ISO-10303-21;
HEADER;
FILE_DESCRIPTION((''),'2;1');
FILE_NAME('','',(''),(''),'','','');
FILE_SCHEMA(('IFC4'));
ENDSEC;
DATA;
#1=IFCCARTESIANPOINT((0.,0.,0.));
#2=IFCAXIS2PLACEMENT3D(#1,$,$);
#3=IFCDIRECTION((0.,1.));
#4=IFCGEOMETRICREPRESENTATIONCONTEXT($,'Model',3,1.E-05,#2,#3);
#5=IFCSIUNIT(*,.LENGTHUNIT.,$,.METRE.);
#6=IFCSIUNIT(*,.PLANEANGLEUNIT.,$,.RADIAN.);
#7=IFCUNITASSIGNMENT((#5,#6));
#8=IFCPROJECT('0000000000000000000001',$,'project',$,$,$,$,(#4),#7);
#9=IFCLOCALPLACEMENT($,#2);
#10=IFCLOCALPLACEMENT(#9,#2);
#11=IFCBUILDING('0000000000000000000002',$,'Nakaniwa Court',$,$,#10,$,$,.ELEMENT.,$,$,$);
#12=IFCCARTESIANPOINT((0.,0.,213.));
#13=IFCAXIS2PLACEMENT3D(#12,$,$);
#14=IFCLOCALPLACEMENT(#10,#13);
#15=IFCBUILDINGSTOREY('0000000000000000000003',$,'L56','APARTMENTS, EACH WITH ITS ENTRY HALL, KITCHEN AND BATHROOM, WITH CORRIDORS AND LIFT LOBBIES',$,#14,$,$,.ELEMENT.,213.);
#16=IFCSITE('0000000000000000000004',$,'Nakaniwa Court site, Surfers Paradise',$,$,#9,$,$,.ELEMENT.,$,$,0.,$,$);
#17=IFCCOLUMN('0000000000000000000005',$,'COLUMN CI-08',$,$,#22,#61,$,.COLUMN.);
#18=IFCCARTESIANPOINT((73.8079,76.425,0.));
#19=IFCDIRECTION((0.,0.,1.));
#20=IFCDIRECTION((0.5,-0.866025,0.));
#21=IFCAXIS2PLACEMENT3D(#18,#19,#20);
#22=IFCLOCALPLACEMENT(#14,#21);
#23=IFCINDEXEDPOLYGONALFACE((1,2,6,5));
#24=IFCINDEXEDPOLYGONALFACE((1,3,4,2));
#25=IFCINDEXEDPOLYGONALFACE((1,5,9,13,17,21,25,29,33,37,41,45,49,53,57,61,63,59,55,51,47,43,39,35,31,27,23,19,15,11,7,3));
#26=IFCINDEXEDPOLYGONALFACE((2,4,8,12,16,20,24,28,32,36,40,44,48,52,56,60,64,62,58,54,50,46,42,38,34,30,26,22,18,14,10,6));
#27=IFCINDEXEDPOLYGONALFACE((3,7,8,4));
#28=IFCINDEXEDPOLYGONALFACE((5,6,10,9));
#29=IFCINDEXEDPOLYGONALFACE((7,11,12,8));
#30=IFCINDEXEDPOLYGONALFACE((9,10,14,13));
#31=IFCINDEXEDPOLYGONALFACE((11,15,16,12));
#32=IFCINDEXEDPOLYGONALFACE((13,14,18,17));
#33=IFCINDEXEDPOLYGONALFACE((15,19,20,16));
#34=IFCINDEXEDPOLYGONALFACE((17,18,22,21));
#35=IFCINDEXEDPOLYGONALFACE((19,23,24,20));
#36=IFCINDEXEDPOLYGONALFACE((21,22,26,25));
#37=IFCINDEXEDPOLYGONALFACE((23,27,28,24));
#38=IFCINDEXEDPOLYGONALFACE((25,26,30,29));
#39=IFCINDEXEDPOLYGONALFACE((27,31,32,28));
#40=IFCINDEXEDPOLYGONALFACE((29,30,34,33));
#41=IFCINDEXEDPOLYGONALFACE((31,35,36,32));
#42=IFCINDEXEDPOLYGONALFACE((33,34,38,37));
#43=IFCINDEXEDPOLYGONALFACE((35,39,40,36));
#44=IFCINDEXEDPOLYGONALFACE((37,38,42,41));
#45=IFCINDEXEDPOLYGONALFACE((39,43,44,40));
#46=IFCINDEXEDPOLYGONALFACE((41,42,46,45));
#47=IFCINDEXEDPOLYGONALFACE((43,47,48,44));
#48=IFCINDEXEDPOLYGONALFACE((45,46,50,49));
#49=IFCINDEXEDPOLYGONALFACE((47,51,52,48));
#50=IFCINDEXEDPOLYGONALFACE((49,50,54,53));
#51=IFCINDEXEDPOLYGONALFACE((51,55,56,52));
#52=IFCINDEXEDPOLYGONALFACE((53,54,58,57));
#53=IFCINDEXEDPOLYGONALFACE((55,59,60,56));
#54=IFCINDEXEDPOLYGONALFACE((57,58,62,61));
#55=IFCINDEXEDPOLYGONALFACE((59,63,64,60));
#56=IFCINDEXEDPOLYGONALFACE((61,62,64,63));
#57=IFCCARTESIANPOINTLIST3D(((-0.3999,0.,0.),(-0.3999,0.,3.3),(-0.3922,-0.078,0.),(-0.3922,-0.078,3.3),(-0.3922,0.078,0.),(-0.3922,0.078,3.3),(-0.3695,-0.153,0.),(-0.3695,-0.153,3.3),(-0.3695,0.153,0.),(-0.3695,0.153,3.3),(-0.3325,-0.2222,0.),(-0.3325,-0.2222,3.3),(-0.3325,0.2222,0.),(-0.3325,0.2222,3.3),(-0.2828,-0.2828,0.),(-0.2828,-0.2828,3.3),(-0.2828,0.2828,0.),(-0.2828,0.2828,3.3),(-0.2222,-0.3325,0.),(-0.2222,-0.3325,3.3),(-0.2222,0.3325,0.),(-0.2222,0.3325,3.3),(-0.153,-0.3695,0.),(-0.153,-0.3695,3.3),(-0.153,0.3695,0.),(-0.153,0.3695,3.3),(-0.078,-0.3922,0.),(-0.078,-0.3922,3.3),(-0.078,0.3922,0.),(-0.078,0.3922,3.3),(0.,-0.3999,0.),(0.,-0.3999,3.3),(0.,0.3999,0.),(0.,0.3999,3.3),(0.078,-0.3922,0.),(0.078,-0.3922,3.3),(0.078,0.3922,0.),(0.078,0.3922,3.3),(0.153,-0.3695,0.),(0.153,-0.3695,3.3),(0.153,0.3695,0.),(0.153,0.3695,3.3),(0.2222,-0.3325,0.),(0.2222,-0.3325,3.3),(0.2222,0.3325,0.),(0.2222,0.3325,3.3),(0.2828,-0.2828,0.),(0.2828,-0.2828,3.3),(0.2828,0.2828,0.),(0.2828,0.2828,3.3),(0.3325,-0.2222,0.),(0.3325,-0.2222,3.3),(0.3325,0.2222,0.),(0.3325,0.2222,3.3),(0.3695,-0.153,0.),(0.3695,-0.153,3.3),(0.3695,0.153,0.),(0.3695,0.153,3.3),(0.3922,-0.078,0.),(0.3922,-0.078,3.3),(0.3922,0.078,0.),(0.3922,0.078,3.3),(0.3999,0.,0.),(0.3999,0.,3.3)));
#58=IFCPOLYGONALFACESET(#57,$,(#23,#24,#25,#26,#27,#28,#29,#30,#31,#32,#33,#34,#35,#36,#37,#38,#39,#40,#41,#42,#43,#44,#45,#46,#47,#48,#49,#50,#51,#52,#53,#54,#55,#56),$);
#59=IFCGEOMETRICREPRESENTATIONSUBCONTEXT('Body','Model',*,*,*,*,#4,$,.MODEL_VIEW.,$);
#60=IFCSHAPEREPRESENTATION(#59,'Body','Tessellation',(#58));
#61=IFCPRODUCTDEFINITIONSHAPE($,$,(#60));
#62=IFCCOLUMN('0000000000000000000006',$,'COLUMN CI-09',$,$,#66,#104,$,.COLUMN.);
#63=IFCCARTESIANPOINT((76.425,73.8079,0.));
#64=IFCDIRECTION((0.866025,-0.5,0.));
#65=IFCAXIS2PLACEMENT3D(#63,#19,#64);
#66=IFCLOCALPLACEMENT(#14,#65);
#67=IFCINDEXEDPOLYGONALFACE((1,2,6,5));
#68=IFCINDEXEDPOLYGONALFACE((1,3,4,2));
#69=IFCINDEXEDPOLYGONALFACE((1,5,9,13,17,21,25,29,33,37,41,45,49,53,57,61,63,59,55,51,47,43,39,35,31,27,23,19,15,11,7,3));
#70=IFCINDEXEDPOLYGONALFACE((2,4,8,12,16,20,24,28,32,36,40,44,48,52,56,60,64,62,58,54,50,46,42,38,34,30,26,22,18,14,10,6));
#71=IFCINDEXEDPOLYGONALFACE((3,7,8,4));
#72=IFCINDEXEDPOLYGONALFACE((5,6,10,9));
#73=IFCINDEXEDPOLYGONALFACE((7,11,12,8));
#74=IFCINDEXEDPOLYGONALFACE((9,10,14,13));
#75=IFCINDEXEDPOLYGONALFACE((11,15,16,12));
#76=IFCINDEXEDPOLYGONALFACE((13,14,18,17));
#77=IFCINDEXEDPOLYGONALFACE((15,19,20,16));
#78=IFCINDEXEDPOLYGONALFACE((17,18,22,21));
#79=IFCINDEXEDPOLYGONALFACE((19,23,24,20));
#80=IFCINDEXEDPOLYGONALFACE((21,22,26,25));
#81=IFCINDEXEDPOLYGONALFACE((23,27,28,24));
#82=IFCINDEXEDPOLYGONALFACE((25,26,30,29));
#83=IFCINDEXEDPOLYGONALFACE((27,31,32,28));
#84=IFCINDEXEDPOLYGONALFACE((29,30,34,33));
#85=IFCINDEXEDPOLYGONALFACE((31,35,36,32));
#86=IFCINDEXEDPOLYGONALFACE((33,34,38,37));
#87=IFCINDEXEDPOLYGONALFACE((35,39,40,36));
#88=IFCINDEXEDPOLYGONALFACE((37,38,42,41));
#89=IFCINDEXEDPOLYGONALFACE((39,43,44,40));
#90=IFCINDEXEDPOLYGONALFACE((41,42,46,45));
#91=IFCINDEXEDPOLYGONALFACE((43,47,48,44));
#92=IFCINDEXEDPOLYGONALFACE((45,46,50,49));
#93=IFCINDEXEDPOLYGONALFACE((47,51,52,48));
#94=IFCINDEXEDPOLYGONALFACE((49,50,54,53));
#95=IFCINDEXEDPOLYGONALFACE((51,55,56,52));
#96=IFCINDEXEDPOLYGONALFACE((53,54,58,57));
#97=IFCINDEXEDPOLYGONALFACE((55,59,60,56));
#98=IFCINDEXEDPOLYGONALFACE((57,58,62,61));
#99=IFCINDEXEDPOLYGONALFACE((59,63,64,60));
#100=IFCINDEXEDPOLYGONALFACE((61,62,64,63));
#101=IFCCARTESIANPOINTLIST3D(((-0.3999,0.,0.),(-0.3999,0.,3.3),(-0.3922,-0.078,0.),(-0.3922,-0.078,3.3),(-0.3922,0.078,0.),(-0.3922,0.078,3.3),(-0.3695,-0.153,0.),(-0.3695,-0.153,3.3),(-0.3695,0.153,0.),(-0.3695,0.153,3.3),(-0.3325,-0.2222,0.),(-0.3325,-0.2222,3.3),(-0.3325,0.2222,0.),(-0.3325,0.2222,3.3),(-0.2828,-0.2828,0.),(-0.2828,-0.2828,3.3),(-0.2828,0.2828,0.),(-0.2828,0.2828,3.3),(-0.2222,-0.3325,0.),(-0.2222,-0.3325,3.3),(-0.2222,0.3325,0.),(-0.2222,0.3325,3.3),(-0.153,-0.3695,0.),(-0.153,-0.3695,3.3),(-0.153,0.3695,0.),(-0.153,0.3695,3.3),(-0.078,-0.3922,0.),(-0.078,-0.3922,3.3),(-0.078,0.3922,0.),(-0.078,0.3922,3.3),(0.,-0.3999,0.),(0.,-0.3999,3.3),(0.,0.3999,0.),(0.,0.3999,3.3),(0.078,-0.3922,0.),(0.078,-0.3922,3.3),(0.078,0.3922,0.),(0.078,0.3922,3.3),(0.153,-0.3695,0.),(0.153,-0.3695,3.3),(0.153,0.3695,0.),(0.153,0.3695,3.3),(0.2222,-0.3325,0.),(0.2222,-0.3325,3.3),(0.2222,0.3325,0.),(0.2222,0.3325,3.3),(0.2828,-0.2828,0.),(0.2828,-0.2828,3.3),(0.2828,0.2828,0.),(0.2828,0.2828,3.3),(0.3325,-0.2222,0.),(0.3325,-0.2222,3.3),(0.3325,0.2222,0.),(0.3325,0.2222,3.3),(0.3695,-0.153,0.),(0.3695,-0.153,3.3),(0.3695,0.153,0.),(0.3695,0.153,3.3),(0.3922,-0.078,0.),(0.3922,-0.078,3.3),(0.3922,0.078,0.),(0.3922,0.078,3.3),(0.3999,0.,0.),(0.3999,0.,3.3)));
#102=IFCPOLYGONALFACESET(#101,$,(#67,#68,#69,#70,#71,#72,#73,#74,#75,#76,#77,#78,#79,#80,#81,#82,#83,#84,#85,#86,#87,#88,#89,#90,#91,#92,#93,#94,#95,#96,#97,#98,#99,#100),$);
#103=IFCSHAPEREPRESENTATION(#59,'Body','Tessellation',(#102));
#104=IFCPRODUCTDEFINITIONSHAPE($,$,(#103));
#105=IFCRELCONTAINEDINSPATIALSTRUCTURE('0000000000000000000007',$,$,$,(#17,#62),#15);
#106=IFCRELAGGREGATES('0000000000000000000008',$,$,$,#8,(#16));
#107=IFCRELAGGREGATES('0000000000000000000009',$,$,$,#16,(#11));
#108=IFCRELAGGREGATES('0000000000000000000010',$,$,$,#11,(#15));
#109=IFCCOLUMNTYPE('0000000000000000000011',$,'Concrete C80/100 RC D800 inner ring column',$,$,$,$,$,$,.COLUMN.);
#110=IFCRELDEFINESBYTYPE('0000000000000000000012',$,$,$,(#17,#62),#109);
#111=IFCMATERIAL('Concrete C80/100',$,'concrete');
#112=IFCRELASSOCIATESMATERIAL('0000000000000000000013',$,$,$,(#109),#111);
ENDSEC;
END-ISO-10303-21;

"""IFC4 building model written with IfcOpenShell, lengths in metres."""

from ifc_helpers import new_model, si_unit, direction, frame, origin, origin_2d, place, context, subcontext, project, spatial, circle, extrude, material, material_profile, profile_set, type_object, element, save


model = new_model("IFC4")

# Units and contexts
model_context = context("Model", 3, precision=1e-05, world=origin(), true_north=direction((0.0, 1.0)))
body_context = subcontext(model_context, "Body", "Model", "MODEL_VIEW")
ifc_project = project(units=[si_unit("LENGTHUNIT", "METRE"), si_unit("PLANEANGLEUNIT", "RADIAN")], contexts=[model_context])

# Site, building, storey
site_placement = place(None, origin())
site = spatial("IfcSite", under=ifc_project, at=site_placement, Name="Nakaniwa Court site, Surfers Paradise", CompositionType="ELEMENT", RefElevation=0.0)
building_placement = place(site_placement, origin())
building = spatial("IfcBuilding", under=site, at=building_placement, Name="Nakaniwa Court", CompositionType="ELEMENT")
storey_placement = place(building_placement, frame((0.0, 0.0, 213.0)))
storey = spatial("IfcBuildingStorey", under=building, at=storey_placement, Name="L56", Description="APARTMENTS, EACH WITH ITS ENTRY HALL, KITCHEN AND BATHROOM, WITH CORRIDORS AND LIFT LOBBIES", CompositionType="ELEMENT", Elevation=213.0)

# Columns
ifc_material_1 = material(Name="Concrete C80/100", Category="concrete")
ifc_material_profile_1 = material_profile(ifc_material_1, circle(Radius=0.3999, at=origin_2d()), Name="Concrete C80/100 RC D800 inner ring column")
ifc_profile_set_1 = profile_set([ifc_material_profile_1], Name="Concrete C80/100")
column_type_1 = type_object("IfcColumnType", Name="Concrete C80/100 RC D800 inner ring column", PredefinedType="COLUMN", material=ifc_profile_set_1)
for number, where, z_axis, x_axis, name in (
    (1, (73.8079, 76.425, 0.0), (0.0, 0.0, 1.0), (0.5, -0.866025, 0.0), "COLUMN CI-08"),
    (2, (76.425, 73.8079, 0.0), (0.0, 0.0, 1.0), (0.866025, -0.5, 0.0), "COLUMN CI-09"),
):
    element("IfcColumn", number, at=place(storey_placement, frame(where, z_axis=z_axis, x_axis=x_axis)), inside=storey, type_object=column_type_1, Name=name, PredefinedType="COLUMN", context=body_context, shape_type="SweptSolid", body=[
        extrude(circle(Radius=0.3999, at=origin_2d()), origin(), (0.0, 0.0, 1.0), 3.3),
    ])

save(model, "model.ifc")
